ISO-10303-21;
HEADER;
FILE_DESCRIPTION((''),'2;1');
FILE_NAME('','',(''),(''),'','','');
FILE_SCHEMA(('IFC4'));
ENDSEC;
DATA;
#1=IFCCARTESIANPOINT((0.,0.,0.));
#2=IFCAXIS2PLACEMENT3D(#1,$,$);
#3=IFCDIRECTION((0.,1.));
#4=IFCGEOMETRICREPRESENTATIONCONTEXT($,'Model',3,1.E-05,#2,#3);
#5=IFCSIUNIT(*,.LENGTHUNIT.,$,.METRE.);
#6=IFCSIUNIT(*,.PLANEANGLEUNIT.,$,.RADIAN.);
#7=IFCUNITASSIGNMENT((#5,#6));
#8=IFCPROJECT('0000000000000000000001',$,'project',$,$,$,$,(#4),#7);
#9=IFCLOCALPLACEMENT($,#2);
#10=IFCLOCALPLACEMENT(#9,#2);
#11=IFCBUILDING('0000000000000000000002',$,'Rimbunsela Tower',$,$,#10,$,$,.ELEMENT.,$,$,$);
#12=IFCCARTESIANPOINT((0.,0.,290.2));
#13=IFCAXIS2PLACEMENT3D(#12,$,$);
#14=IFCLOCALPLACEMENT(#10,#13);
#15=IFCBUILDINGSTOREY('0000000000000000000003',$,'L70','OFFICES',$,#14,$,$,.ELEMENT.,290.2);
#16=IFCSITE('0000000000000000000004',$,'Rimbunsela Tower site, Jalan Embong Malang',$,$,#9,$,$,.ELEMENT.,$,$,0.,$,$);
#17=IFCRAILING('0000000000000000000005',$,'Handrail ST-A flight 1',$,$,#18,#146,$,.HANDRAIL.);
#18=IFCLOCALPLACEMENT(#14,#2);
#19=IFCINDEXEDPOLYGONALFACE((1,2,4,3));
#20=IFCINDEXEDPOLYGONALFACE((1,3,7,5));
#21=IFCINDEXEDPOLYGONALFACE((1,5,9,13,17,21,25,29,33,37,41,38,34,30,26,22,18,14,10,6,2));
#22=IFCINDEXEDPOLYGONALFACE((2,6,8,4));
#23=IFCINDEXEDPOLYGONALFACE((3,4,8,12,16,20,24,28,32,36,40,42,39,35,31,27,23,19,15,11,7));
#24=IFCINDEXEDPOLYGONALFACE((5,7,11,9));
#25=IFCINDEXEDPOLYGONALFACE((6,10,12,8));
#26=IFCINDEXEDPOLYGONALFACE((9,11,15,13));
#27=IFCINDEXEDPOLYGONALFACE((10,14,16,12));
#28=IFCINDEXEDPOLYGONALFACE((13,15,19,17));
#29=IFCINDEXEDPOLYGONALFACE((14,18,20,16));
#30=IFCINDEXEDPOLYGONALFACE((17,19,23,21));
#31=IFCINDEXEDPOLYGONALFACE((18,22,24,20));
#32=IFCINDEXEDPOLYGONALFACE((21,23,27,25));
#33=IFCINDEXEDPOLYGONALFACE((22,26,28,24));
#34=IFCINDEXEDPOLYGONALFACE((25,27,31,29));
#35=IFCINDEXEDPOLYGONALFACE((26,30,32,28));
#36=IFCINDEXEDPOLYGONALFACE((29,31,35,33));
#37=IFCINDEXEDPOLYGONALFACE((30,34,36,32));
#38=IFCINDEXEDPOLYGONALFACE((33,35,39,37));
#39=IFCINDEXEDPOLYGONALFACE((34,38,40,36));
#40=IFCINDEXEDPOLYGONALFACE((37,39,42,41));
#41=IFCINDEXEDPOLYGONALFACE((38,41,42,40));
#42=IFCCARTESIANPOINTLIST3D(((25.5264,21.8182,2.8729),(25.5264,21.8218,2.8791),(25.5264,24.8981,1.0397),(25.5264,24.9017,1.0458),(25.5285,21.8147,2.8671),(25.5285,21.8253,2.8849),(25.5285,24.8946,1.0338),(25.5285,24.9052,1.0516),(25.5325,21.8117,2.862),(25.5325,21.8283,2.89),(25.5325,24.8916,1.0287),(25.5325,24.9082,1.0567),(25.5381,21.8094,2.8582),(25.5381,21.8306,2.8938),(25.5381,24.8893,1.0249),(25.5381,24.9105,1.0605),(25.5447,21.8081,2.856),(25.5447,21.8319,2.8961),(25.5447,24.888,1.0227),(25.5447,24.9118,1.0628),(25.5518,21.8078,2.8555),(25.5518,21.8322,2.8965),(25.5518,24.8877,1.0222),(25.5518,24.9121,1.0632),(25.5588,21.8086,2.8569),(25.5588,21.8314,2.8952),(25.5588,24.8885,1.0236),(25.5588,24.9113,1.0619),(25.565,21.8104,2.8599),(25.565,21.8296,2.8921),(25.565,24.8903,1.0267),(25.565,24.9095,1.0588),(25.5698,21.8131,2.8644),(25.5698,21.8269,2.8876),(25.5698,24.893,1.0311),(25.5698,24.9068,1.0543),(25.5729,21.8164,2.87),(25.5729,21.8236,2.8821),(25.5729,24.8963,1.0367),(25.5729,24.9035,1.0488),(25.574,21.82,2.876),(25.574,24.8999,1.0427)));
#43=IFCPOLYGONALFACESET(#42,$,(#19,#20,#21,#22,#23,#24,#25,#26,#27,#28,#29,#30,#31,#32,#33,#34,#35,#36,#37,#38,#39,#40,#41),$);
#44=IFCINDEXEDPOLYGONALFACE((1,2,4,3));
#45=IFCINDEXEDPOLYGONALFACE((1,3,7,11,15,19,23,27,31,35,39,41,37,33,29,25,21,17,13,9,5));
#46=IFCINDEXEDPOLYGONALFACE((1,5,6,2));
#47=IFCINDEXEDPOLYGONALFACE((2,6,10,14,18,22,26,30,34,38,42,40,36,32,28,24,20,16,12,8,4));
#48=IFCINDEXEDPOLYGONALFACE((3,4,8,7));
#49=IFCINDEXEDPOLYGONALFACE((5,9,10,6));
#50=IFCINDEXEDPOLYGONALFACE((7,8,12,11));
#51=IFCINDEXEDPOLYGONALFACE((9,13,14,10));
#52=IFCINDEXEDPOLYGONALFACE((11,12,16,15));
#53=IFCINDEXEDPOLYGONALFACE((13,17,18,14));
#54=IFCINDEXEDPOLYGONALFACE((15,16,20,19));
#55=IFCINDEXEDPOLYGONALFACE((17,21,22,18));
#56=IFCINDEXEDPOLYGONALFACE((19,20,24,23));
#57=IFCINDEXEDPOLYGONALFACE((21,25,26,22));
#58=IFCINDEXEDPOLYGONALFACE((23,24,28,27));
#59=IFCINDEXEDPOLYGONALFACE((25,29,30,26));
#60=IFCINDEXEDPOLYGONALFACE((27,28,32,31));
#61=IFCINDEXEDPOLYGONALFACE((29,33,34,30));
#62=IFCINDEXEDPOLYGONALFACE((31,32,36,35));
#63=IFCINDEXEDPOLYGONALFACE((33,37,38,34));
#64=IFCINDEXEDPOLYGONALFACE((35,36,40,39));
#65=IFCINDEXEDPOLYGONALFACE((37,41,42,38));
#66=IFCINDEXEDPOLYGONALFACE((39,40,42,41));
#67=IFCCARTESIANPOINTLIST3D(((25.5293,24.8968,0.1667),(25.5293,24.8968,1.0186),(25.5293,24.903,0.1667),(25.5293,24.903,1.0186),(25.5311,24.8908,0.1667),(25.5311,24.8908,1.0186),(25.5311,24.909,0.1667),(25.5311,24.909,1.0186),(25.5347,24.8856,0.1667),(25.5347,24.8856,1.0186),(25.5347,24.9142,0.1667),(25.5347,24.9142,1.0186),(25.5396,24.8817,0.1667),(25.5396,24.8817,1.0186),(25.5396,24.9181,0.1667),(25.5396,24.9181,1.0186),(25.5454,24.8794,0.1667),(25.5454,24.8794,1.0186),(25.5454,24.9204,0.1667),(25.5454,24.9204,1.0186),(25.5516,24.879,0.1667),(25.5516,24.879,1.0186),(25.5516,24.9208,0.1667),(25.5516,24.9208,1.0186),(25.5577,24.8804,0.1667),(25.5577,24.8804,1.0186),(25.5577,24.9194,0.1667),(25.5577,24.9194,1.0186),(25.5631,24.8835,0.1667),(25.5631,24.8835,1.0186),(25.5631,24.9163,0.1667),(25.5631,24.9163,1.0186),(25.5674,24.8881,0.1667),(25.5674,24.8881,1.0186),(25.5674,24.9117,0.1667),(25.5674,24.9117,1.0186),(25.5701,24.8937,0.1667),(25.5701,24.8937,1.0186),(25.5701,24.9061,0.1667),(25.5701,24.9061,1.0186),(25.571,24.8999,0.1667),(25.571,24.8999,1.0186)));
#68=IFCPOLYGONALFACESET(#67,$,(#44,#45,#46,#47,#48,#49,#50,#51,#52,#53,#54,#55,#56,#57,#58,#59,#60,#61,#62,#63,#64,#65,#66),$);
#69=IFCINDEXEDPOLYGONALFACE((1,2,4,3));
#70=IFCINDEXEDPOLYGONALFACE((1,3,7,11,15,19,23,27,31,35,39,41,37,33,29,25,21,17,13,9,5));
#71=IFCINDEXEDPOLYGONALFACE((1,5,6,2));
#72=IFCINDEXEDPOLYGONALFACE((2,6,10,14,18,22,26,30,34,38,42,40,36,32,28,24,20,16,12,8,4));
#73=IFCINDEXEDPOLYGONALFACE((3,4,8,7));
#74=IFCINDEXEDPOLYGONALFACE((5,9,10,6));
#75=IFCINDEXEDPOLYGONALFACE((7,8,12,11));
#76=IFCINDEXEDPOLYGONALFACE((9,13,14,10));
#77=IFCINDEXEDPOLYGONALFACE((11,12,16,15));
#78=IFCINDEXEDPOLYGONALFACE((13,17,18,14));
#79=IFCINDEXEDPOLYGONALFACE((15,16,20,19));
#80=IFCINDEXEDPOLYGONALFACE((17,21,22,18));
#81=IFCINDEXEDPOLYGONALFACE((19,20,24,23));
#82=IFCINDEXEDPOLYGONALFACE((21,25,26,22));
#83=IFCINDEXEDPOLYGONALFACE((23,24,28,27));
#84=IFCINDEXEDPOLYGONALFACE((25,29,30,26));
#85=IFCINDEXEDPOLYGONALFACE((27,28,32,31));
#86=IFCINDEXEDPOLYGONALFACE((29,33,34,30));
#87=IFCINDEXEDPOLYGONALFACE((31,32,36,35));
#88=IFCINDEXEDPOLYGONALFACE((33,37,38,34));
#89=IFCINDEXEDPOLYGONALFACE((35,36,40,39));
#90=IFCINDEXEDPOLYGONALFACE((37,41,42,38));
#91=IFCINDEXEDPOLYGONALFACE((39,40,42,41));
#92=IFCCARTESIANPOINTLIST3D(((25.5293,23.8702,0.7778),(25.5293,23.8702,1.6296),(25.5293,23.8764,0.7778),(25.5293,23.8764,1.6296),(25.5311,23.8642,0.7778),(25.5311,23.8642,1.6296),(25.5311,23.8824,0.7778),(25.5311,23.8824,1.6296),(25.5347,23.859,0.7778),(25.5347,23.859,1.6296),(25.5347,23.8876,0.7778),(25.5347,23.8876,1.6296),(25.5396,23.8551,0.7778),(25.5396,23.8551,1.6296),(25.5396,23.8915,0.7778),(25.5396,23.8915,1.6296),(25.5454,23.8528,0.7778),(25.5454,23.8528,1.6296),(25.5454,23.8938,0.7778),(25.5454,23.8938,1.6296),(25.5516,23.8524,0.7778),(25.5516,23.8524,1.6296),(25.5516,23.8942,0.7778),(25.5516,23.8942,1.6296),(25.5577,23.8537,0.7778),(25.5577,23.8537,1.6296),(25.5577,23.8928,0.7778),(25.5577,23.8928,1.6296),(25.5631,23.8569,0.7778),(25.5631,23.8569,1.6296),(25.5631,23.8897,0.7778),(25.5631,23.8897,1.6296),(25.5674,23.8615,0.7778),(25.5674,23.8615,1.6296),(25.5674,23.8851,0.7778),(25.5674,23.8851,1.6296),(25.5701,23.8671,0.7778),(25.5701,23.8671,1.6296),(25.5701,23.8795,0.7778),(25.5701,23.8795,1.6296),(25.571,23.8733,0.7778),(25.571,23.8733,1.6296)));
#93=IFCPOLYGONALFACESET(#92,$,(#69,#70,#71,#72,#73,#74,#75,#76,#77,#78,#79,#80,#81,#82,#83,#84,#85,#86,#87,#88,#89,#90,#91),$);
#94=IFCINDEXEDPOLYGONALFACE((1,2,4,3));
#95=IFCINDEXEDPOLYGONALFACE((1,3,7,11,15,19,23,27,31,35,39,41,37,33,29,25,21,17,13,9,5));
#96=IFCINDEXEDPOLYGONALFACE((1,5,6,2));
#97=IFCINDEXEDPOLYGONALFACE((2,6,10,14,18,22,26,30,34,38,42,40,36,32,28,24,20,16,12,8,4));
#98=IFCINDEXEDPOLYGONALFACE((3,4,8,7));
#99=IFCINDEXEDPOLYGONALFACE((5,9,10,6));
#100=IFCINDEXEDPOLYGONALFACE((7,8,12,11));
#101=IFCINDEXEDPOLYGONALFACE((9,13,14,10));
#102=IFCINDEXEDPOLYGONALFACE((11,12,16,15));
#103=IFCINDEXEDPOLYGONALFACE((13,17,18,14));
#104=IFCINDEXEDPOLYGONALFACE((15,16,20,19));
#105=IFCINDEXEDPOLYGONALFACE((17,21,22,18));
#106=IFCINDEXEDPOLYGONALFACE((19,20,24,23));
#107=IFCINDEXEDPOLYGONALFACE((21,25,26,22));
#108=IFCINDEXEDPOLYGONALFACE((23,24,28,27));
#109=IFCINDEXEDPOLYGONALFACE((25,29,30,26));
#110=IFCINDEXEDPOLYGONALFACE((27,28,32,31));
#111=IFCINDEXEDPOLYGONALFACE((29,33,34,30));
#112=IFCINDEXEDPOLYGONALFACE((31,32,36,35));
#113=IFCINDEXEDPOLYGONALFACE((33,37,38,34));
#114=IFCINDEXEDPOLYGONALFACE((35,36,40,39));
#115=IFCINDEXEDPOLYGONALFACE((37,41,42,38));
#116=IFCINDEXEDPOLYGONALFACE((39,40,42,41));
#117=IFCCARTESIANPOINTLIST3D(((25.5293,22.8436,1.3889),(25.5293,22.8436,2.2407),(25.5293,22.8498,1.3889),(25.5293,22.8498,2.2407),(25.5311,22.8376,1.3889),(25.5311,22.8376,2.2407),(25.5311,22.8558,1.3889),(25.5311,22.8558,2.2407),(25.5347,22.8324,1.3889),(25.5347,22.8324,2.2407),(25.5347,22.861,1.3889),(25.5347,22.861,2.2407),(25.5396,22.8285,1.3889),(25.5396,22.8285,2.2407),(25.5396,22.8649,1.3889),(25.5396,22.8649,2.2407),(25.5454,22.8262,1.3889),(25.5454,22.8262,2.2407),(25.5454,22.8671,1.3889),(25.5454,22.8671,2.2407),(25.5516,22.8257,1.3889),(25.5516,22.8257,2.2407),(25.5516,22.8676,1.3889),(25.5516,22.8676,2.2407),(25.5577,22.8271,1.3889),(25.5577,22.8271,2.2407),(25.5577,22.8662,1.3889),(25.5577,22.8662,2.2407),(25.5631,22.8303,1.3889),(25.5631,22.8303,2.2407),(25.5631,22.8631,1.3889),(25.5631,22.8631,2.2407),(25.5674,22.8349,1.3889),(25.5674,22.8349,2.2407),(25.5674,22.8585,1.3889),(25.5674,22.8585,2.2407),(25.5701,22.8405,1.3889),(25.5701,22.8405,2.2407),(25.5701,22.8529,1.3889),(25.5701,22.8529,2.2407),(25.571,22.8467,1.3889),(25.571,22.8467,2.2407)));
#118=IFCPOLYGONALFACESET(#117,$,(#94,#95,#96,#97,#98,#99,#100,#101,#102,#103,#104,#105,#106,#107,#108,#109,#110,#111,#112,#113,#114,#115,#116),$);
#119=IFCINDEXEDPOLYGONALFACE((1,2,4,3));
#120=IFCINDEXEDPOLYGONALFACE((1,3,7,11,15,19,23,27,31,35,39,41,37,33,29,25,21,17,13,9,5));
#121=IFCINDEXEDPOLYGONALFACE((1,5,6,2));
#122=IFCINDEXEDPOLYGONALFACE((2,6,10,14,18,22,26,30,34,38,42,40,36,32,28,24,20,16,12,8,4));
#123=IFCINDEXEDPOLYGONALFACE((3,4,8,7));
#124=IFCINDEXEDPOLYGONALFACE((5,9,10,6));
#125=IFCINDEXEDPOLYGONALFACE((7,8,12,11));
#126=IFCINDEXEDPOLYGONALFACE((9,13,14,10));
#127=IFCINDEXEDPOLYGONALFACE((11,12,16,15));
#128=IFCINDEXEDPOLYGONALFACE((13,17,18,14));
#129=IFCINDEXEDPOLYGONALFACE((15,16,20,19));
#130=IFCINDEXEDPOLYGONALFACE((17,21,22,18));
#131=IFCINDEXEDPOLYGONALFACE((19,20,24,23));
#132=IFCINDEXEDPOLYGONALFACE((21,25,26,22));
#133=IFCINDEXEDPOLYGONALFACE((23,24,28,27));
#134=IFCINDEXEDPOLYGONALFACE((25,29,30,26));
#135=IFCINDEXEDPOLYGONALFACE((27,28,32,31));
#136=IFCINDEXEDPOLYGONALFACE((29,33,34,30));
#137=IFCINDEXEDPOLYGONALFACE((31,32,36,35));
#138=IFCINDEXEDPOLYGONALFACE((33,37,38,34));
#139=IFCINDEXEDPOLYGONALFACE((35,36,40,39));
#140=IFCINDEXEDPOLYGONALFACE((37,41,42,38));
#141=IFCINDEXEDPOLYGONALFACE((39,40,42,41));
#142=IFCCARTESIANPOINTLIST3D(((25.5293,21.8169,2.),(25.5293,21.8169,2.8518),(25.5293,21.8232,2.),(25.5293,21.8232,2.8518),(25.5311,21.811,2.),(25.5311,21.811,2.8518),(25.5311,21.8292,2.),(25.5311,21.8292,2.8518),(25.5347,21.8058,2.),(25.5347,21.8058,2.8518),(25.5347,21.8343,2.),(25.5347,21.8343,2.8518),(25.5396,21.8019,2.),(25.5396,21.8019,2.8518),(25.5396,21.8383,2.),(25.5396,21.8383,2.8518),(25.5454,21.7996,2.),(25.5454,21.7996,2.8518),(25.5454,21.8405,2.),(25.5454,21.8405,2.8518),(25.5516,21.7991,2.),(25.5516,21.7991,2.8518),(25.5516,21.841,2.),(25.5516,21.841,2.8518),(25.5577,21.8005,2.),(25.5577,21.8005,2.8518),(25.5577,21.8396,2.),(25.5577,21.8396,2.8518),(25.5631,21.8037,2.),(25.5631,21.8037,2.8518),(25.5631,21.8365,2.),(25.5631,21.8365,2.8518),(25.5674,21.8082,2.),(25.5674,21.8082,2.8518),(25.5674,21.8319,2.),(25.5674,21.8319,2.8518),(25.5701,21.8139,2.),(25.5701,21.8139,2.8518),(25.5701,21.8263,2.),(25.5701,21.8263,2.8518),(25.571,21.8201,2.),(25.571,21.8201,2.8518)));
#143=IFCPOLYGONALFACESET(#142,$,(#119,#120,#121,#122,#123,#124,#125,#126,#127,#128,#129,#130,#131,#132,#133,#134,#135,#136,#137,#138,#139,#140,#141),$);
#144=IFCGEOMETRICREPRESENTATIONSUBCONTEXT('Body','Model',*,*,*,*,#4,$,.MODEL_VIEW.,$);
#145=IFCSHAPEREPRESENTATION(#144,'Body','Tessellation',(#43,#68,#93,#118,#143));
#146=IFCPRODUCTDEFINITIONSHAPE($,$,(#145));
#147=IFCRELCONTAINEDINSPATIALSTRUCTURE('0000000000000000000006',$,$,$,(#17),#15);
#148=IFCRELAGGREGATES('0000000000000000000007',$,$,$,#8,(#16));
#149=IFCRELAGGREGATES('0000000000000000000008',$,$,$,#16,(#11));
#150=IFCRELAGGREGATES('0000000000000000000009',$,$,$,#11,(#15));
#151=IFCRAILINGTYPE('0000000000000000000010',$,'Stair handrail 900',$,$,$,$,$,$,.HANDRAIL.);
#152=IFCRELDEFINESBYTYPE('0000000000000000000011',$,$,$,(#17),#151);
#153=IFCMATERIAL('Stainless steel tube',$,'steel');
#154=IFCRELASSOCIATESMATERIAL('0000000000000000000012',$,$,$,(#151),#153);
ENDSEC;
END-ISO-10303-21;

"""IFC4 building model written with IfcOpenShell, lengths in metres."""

from ifc_helpers import new_model, si_unit, direction, frame, origin, origin_2d, place, context, subcontext, project, spatial, circle, extrude, material, type_object, element, save


model = new_model("IFC4")

# Units and contexts
model_context = context("Model", 3, precision=1e-05, world=origin(), true_north=direction((0.0, 1.0)))
body_context = subcontext(model_context, "Body", "Model", "MODEL_VIEW")
ifc_project = project(units=[si_unit("LENGTHUNIT", "METRE"), si_unit("PLANEANGLEUNIT", "RADIAN")], contexts=[model_context])

# Site, building, storey
site_placement = place(None, origin())
site = spatial("IfcSite", under=ifc_project, at=site_placement, Name="Rimbunsela Tower site, Jalan Embong Malang", CompositionType="ELEMENT", RefElevation=0.0)
building_placement = place(site_placement, origin())
building = spatial("IfcBuilding", under=site, at=building_placement, Name="Rimbunsela Tower", CompositionType="ELEMENT")
storey_placement = place(building_placement, frame((0.0, 0.0, 290.2)))
storey = spatial("IfcBuildingStorey", under=building, at=storey_placement, Name="L70", Description="OFFICES", CompositionType="ELEMENT", Elevation=290.2)

# Railing
ifc_material_1 = material(Name="Stainless steel tube", Category="steel")
railing_type = type_object("IfcRailingType", Name="Stair handrail 900", PredefinedType="HANDRAIL", material=ifc_material_1)
for number, where, name in (
    (1, (25.55, 24.8999, 0.1667), "Handrail ST-A flight 1"),
):
    element("IfcRailing", number, at=place(storey_placement, frame(where)), inside=storey, type_object=railing_type, Name=name, PredefinedType="HANDRAIL", context=body_context, shape_type="SweptSolid", body=[
        extrude(circle(Radius=0.0239, at=origin_2d()), frame((0.0, 0.0, 0.876), z_axis=(0.0, -0.859291, 0.511487), x_axis=(1.0, 0.0, 0.0)), (0.0, 0.0, 1.0), 3.5842),
        extrude(circle(Radius=0.021, at=origin_2d()), origin(), (0.0, 0.0, 1.0), 0.8518),
        extrude(circle(Radius=0.021, at=origin_2d()), frame((0.0, -1.0266, 0.6111)), (0.0, 0.0, 1.0), 0.8518),
        extrude(circle(Radius=0.021, at=origin_2d()), frame((0.0, -2.0532, 1.2222)), (0.0, 0.0, 1.0), 0.8518),
        extrude(circle(Radius=0.021, at=origin_2d()), frame((0.0, -3.0798, 1.8333)), (0.0, 0.0, 1.0), 0.8518),
    ])

save(model, "model.ifc")
